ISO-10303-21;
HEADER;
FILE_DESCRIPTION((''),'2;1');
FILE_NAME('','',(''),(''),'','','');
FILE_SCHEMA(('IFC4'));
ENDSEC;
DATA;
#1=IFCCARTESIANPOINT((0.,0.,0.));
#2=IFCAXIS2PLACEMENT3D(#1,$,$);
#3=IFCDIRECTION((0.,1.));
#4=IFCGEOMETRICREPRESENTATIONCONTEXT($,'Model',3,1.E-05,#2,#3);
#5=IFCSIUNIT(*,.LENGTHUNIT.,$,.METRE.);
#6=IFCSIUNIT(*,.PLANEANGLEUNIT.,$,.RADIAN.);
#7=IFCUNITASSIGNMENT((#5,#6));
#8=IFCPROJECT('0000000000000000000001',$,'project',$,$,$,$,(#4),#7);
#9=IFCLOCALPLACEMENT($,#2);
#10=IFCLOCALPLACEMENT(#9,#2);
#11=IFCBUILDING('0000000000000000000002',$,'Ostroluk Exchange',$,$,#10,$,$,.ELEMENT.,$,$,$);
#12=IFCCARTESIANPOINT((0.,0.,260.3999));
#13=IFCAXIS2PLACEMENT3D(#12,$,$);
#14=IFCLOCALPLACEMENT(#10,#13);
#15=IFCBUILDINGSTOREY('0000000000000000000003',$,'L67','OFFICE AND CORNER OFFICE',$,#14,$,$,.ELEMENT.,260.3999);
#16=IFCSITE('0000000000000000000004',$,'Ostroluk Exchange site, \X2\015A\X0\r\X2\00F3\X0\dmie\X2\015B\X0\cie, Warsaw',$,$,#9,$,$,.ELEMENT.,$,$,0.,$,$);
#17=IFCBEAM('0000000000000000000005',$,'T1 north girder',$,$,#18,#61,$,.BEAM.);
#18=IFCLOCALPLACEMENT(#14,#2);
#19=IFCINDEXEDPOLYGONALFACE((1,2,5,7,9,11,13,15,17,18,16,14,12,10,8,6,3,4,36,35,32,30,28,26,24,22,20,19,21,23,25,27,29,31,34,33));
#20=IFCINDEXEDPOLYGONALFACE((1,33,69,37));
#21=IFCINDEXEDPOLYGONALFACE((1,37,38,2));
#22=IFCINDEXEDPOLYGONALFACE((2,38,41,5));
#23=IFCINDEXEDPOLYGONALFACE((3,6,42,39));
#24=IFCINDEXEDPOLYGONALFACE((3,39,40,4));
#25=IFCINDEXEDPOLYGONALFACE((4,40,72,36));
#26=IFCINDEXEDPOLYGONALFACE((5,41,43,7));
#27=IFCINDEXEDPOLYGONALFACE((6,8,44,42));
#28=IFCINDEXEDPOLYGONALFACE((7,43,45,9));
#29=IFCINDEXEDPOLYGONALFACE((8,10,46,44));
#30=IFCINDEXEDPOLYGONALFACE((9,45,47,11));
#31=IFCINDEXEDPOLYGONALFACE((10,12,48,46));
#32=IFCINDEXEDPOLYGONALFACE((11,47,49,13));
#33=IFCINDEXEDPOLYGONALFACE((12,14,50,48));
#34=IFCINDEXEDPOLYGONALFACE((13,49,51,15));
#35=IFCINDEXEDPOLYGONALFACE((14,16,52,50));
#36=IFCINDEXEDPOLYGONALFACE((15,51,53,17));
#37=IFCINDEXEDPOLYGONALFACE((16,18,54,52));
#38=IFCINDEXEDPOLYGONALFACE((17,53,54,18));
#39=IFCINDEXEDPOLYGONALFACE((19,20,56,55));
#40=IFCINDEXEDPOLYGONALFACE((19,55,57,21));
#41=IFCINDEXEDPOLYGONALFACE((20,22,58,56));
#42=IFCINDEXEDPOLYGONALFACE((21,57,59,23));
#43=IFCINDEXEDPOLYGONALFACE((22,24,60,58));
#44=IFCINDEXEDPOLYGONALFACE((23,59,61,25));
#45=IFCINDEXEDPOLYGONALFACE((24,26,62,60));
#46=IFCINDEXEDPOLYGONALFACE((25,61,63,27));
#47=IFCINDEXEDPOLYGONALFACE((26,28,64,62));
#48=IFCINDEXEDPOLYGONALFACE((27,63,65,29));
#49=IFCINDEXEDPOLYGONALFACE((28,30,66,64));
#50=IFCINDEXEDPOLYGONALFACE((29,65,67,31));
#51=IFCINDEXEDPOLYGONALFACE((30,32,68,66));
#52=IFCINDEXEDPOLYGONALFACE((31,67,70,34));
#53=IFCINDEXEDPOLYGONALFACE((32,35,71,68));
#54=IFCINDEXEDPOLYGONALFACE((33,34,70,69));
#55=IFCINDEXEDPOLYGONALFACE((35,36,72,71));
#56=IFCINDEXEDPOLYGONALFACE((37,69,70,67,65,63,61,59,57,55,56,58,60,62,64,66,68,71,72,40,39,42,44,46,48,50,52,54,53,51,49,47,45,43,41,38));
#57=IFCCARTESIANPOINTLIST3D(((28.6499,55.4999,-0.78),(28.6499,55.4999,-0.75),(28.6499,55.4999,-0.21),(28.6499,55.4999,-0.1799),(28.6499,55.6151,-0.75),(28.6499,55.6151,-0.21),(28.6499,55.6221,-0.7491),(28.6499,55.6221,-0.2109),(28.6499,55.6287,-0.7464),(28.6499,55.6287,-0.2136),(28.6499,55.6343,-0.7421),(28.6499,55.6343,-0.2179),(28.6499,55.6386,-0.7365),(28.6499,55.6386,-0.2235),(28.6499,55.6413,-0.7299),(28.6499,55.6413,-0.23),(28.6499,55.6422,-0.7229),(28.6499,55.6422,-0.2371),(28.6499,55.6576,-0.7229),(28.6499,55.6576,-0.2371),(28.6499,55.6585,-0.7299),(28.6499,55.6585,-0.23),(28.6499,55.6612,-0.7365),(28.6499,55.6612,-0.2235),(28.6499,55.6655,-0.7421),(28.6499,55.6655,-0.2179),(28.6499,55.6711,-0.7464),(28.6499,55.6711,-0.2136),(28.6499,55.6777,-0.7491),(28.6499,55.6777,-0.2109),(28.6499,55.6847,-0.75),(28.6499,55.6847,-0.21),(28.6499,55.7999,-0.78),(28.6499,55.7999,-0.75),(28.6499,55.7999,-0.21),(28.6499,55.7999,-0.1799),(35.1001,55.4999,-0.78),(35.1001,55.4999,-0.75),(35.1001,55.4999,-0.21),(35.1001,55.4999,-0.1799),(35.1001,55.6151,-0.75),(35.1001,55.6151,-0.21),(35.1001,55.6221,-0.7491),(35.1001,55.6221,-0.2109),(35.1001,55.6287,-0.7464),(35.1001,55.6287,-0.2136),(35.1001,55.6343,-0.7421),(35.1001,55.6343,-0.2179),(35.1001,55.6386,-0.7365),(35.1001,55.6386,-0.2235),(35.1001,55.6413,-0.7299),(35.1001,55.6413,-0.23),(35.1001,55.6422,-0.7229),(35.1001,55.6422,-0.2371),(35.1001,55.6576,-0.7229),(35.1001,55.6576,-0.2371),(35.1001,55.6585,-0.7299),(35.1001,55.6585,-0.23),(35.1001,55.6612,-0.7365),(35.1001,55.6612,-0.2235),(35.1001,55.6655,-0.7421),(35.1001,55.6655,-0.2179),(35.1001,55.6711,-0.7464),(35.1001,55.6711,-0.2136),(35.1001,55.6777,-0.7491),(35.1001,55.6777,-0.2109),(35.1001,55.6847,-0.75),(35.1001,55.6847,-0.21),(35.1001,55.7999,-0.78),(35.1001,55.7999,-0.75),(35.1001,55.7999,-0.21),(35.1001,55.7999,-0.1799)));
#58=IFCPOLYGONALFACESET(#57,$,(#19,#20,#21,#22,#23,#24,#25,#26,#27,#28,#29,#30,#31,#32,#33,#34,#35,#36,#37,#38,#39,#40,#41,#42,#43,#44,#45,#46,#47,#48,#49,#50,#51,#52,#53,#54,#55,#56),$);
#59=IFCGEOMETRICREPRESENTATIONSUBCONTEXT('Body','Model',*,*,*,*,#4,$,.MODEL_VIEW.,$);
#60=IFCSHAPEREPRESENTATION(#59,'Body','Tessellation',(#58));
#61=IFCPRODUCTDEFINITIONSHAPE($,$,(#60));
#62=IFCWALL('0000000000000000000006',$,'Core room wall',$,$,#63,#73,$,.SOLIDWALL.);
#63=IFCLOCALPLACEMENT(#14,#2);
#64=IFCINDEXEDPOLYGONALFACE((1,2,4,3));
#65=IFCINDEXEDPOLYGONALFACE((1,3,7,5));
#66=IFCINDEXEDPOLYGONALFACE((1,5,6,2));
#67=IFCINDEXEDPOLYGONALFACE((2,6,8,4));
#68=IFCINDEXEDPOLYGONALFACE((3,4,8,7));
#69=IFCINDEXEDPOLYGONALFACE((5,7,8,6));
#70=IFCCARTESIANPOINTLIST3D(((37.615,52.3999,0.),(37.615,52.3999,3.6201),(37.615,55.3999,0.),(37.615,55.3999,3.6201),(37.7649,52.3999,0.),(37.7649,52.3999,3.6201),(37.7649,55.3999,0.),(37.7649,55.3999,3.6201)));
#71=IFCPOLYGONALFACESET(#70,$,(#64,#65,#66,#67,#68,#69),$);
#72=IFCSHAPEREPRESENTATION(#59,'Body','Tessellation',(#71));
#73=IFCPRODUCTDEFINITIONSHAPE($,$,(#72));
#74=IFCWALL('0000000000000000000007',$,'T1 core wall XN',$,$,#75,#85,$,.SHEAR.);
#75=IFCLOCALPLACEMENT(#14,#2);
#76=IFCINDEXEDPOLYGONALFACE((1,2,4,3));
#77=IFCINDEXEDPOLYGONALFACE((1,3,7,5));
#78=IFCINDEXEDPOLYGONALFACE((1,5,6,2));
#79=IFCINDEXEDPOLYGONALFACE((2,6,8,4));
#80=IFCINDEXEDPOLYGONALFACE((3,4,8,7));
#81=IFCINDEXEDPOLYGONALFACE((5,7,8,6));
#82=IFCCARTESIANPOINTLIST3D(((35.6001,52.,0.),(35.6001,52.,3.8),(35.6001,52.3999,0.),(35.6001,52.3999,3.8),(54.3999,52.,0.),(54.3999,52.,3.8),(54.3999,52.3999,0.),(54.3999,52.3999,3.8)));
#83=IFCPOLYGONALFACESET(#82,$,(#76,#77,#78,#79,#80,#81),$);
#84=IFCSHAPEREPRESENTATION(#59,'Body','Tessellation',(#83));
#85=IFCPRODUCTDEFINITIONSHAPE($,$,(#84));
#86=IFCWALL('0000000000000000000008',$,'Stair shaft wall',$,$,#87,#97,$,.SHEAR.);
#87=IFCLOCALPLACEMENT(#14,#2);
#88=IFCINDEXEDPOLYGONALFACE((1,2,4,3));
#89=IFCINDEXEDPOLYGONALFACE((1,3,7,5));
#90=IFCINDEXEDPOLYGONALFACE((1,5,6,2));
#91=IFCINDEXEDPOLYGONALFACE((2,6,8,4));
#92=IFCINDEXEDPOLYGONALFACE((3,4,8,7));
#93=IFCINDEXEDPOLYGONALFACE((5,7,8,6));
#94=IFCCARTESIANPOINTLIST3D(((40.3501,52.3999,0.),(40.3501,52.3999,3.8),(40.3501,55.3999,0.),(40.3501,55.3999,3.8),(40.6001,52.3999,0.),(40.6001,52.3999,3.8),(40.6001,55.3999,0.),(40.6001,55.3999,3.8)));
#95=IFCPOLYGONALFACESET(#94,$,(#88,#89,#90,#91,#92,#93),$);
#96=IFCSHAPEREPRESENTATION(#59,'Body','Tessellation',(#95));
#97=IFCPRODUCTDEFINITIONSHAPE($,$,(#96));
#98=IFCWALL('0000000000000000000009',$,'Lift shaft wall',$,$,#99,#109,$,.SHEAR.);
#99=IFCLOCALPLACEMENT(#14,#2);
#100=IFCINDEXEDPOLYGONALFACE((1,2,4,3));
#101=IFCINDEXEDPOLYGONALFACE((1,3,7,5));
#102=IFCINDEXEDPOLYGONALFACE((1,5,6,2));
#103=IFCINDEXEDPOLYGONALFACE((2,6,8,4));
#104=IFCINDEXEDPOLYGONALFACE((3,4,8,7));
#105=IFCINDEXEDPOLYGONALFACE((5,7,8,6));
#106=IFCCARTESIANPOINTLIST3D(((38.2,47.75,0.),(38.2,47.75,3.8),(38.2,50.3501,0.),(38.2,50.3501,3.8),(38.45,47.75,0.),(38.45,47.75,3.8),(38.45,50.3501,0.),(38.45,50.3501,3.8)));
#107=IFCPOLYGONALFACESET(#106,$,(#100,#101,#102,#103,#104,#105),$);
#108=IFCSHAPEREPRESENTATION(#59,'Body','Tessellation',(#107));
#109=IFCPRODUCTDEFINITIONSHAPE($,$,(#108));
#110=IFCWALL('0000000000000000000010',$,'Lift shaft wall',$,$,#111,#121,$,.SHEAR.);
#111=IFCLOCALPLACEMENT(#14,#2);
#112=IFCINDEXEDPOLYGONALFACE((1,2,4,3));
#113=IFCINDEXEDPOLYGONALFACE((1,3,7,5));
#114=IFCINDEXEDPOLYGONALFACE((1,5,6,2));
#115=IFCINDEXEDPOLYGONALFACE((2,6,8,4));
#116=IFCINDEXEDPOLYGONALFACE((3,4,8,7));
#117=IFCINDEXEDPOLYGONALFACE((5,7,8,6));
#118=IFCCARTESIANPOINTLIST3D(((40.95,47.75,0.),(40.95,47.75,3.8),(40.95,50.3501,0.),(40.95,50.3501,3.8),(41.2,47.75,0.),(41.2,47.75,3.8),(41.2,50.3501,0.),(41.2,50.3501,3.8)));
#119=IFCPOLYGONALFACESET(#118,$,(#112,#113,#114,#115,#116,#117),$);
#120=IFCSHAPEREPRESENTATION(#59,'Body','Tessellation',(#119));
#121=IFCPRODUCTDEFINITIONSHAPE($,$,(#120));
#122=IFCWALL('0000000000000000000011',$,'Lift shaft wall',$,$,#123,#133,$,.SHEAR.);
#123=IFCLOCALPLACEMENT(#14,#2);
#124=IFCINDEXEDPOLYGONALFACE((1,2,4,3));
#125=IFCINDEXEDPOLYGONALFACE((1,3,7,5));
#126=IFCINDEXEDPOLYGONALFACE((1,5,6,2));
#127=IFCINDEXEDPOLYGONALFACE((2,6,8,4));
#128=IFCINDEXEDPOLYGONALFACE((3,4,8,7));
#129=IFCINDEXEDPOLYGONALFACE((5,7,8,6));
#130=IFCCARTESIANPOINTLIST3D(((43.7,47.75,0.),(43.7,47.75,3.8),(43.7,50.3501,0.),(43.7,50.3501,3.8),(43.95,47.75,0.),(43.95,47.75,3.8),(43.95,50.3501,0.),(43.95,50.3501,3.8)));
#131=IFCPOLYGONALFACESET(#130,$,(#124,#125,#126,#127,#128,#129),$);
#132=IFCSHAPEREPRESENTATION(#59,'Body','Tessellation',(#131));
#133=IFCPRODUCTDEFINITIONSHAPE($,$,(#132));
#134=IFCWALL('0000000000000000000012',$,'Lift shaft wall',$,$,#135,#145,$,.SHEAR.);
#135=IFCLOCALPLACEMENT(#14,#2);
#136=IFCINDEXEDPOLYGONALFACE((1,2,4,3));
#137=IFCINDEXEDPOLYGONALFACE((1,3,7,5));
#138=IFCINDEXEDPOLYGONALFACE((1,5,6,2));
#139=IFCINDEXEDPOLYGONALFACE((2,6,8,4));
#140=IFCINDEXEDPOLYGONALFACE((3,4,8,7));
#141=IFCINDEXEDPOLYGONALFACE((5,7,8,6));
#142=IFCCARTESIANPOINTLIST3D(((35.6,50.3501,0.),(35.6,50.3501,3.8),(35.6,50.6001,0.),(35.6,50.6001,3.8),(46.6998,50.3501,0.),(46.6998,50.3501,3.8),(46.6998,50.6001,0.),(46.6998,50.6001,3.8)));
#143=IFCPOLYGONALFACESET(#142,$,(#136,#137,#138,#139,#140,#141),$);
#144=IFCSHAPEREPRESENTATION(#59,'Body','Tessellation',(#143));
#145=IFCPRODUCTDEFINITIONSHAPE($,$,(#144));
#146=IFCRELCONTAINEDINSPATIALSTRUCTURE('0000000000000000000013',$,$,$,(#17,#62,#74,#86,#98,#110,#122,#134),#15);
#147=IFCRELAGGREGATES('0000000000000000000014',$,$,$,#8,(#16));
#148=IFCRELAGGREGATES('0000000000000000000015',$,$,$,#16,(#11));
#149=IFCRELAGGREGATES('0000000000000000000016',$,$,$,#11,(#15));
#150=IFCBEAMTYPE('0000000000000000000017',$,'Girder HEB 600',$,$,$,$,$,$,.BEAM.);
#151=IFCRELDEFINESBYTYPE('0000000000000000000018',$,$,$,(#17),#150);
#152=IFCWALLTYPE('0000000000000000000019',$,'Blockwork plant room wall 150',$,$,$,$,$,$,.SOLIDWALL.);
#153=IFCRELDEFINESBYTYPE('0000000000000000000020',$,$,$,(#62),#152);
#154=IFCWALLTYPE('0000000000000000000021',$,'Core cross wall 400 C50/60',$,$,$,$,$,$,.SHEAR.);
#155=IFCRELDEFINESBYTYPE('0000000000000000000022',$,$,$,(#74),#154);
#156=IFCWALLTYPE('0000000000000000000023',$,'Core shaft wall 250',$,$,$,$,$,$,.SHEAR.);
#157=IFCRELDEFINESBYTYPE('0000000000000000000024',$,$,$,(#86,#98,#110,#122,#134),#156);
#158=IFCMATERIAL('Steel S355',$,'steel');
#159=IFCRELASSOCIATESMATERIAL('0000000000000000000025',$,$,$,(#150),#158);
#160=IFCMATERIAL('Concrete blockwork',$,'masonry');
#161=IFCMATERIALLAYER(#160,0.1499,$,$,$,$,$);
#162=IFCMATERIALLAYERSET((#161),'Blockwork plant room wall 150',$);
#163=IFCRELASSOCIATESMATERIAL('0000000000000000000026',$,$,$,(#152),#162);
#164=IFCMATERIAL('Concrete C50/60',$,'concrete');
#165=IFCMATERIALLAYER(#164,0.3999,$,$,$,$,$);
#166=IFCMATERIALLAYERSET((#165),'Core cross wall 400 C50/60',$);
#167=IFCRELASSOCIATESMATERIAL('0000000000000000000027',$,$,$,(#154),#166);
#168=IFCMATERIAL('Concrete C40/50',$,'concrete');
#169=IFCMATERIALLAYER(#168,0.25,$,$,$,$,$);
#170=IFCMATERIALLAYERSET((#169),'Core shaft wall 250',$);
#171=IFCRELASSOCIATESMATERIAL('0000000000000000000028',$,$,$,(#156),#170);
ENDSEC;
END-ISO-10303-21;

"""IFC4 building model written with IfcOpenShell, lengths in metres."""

from ifc_helpers import new_model, si_unit, direction, frame, frame_2d, origin, origin_2d, place, context, subcontext, project, spatial, rectangle, i_section, extrude, material, layer, layer_set, material_profile, profile_set, type_object, element, save


model = new_model("IFC4")

# Units and contexts
model_context = context("Model", 3, precision=1e-05, world=origin(), true_north=direction((0.0, 1.0)))
body_context = subcontext(model_context, "Body", "Model", "MODEL_VIEW")
ifc_project = project(units=[si_unit("LENGTHUNIT", "METRE"), si_unit("PLANEANGLEUNIT", "RADIAN")], contexts=[model_context])

# Site, building, storey
site_placement = place(None, origin())
site = spatial("IfcSite", under=ifc_project, at=site_placement, Name="Ostroluk Exchange site, Śródmieście, Warsaw", CompositionType="ELEMENT", RefElevation=0.0)
building_placement = place(site_placement, origin())
building = spatial("IfcBuilding", under=site, at=building_placement, Name="Ostroluk Exchange", CompositionType="ELEMENT")
storey_placement = place(building_placement, frame((0.0, 0.0, 260.3999)))
storey = spatial("IfcBuildingStorey", under=building, at=storey_placement, Name="L67", Description="OFFICE AND CORNER OFFICE", CompositionType="ELEMENT", Elevation=260.3999)

# Beam
ifc_material_1 = material(Name="Steel S355", Category="steel")
ifc_material_profile_1 = material_profile(ifc_material_1, i_section(OverallWidth=0.3, OverallDepth=0.6001, WebThickness=0.0154, FlangeThickness=0.03, FilletRadius=0.0271, at=origin_2d()), Name="HEB 600")
ifc_profile_set_1 = profile_set([ifc_material_profile_1], Name="Steel S355")
beam_type_1 = type_object("IfcBeamType", Name="Girder HEB 600", PredefinedType="BEAM", material=ifc_profile_set_1)
beam_placement = place(storey_placement, frame((35.1001, 55.6499, -0.48), z_axis=(-1.0, 0.0, 0.0), x_axis=(0.0, -1.0, 0.0)))
element("IfcBeam", 1, at=beam_placement, inside=storey, type_object=beam_type_1, Name="T1 north girder", PredefinedType="BEAM", context=body_context, shape_type="SweptSolid", body=[
    extrude(i_section(OverallWidth=0.3, OverallDepth=0.6001, WebThickness=0.0154, FlangeThickness=0.03, FilletRadius=0.0271, at=origin_2d()), origin(), (0.0, 0.0, 1.0), 6.4502),
])

# Walls
ifc_material_2 = material(Name="Concrete blockwork", Category="masonry")
ifc_layer_1 = layer(ifc_material_2, 0.1499)
ifc_layer_set_1 = layer_set([ifc_layer_1], Name="Blockwork plant room wall 150")
wall_type_1 = type_object("IfcWallType", Name="Blockwork plant room wall 150", PredefinedType="SOLIDWALL", material=ifc_layer_set_1)
wall_1_placement = place(storey_placement, frame((37.6899, 52.3999, 0.0), z_axis=(0.0, 0.0, 1.0), x_axis=(0.0, 1.0, 0.0)))
element("IfcWall", 2, at=wall_1_placement, inside=storey, type_object=wall_type_1, Name="Core room wall", PredefinedType="SOLIDWALL", context=body_context, shape_type="SweptSolid", body=[
    extrude(rectangle(XDim=3.0, YDim=0.1499, at=frame_2d((1.5, 0.0))), origin(), (0.0, 0.0, 1.0), 3.6201),
])
ifc_material_3 = material(Name="Concrete C50/60", Category="concrete")
ifc_layer_2 = layer(ifc_material_3, 0.3999)
ifc_layer_set_2 = layer_set([ifc_layer_2], Name="Core cross wall 400 C50/60")
wall_type_2 = type_object("IfcWallType", Name="Core cross wall 400 C50/60", PredefinedType="SHEAR", material=ifc_layer_set_2)
wall_2_placement = place(storey_placement, frame((35.6001, 52.2, 0.0), z_axis=(0.0, 0.0, 1.0), x_axis=(1.0, 0.0, 0.0)))
element("IfcWall", 3, at=wall_2_placement, inside=storey, type_object=wall_type_2, Name="T1 core wall XN", PredefinedType="SHEAR", context=body_context, shape_type="SweptSolid", body=[
    extrude(rectangle(XDim=18.7998, YDim=0.3999, at=frame_2d((9.3999, 0.0))), origin(), (0.0, 0.0, 1.0), 3.8),
])
ifc_material_4 = material(Name="Concrete C40/50", Category="concrete")
ifc_layer_3 = layer(ifc_material_4, 0.25)
ifc_layer_set_3 = layer_set([ifc_layer_3], Name="Core shaft wall 250")
wall_type_3 = type_object("IfcWallType", Name="Core shaft wall 250", PredefinedType="SHEAR", material=ifc_layer_set_3)
wall_3_placement = place(storey_placement, frame((40.4751, 52.3999, 0.0), z_axis=(0.0, 0.0, 1.0), x_axis=(0.0, 1.0, 0.0)))
element("IfcWall", 4, at=wall_3_placement, inside=storey, type_object=wall_type_3, Name="Stair shaft wall", PredefinedType="SHEAR", context=body_context, shape_type="SweptSolid", body=[
    extrude(rectangle(XDim=3.0, YDim=0.25, at=frame_2d((1.5, 0.0))), origin(), (0.0, 0.0, 1.0), 3.8),
])
for number, where, z_axis, x_axis, name in (
    (5, (38.325, 47.75, 0.0), (0.0, 0.0, 1.0), (0.0, 1.0, 0.0), "Lift shaft wall"),
    (6, (41.075, 47.75, 0.0), (0.0, 0.0, 1.0), (0.0, 1.0, 0.0), "Lift shaft wall"),
    (7, (43.825, 47.75, 0.0), (0.0, 0.0, 1.0), (0.0, 1.0, 0.0), "Lift shaft wall"),
):
    element("IfcWall", number, at=place(storey_placement, frame(where, z_axis=z_axis, x_axis=x_axis)), inside=storey, type_object=wall_type_3, Name=name, PredefinedType="SHEAR", context=body_context, shape_type="SweptSolid", body=[
        extrude(rectangle(XDim=2.6001, YDim=0.25, at=frame_2d((1.3, 0.0))), origin(), (0.0, 0.0, 1.0), 3.8),
    ])
wall_4_placement = place(storey_placement, frame((35.6001, 50.4751, 0.0), z_axis=(0.0, 0.0, 1.0), x_axis=(1.0, 0.0, 0.0)))
element("IfcWall", 8, at=wall_4_placement, inside=storey, type_object=wall_type_3, Name="Lift shaft wall", PredefinedType="SHEAR", context=body_context, shape_type="SweptSolid", body=[
    extrude(rectangle(XDim=11.0999, YDim=0.25, at=frame_2d((5.5498, 0.0))), origin(), (0.0, 0.0, 1.0), 3.8),
])

save(model, "model.ifc")
